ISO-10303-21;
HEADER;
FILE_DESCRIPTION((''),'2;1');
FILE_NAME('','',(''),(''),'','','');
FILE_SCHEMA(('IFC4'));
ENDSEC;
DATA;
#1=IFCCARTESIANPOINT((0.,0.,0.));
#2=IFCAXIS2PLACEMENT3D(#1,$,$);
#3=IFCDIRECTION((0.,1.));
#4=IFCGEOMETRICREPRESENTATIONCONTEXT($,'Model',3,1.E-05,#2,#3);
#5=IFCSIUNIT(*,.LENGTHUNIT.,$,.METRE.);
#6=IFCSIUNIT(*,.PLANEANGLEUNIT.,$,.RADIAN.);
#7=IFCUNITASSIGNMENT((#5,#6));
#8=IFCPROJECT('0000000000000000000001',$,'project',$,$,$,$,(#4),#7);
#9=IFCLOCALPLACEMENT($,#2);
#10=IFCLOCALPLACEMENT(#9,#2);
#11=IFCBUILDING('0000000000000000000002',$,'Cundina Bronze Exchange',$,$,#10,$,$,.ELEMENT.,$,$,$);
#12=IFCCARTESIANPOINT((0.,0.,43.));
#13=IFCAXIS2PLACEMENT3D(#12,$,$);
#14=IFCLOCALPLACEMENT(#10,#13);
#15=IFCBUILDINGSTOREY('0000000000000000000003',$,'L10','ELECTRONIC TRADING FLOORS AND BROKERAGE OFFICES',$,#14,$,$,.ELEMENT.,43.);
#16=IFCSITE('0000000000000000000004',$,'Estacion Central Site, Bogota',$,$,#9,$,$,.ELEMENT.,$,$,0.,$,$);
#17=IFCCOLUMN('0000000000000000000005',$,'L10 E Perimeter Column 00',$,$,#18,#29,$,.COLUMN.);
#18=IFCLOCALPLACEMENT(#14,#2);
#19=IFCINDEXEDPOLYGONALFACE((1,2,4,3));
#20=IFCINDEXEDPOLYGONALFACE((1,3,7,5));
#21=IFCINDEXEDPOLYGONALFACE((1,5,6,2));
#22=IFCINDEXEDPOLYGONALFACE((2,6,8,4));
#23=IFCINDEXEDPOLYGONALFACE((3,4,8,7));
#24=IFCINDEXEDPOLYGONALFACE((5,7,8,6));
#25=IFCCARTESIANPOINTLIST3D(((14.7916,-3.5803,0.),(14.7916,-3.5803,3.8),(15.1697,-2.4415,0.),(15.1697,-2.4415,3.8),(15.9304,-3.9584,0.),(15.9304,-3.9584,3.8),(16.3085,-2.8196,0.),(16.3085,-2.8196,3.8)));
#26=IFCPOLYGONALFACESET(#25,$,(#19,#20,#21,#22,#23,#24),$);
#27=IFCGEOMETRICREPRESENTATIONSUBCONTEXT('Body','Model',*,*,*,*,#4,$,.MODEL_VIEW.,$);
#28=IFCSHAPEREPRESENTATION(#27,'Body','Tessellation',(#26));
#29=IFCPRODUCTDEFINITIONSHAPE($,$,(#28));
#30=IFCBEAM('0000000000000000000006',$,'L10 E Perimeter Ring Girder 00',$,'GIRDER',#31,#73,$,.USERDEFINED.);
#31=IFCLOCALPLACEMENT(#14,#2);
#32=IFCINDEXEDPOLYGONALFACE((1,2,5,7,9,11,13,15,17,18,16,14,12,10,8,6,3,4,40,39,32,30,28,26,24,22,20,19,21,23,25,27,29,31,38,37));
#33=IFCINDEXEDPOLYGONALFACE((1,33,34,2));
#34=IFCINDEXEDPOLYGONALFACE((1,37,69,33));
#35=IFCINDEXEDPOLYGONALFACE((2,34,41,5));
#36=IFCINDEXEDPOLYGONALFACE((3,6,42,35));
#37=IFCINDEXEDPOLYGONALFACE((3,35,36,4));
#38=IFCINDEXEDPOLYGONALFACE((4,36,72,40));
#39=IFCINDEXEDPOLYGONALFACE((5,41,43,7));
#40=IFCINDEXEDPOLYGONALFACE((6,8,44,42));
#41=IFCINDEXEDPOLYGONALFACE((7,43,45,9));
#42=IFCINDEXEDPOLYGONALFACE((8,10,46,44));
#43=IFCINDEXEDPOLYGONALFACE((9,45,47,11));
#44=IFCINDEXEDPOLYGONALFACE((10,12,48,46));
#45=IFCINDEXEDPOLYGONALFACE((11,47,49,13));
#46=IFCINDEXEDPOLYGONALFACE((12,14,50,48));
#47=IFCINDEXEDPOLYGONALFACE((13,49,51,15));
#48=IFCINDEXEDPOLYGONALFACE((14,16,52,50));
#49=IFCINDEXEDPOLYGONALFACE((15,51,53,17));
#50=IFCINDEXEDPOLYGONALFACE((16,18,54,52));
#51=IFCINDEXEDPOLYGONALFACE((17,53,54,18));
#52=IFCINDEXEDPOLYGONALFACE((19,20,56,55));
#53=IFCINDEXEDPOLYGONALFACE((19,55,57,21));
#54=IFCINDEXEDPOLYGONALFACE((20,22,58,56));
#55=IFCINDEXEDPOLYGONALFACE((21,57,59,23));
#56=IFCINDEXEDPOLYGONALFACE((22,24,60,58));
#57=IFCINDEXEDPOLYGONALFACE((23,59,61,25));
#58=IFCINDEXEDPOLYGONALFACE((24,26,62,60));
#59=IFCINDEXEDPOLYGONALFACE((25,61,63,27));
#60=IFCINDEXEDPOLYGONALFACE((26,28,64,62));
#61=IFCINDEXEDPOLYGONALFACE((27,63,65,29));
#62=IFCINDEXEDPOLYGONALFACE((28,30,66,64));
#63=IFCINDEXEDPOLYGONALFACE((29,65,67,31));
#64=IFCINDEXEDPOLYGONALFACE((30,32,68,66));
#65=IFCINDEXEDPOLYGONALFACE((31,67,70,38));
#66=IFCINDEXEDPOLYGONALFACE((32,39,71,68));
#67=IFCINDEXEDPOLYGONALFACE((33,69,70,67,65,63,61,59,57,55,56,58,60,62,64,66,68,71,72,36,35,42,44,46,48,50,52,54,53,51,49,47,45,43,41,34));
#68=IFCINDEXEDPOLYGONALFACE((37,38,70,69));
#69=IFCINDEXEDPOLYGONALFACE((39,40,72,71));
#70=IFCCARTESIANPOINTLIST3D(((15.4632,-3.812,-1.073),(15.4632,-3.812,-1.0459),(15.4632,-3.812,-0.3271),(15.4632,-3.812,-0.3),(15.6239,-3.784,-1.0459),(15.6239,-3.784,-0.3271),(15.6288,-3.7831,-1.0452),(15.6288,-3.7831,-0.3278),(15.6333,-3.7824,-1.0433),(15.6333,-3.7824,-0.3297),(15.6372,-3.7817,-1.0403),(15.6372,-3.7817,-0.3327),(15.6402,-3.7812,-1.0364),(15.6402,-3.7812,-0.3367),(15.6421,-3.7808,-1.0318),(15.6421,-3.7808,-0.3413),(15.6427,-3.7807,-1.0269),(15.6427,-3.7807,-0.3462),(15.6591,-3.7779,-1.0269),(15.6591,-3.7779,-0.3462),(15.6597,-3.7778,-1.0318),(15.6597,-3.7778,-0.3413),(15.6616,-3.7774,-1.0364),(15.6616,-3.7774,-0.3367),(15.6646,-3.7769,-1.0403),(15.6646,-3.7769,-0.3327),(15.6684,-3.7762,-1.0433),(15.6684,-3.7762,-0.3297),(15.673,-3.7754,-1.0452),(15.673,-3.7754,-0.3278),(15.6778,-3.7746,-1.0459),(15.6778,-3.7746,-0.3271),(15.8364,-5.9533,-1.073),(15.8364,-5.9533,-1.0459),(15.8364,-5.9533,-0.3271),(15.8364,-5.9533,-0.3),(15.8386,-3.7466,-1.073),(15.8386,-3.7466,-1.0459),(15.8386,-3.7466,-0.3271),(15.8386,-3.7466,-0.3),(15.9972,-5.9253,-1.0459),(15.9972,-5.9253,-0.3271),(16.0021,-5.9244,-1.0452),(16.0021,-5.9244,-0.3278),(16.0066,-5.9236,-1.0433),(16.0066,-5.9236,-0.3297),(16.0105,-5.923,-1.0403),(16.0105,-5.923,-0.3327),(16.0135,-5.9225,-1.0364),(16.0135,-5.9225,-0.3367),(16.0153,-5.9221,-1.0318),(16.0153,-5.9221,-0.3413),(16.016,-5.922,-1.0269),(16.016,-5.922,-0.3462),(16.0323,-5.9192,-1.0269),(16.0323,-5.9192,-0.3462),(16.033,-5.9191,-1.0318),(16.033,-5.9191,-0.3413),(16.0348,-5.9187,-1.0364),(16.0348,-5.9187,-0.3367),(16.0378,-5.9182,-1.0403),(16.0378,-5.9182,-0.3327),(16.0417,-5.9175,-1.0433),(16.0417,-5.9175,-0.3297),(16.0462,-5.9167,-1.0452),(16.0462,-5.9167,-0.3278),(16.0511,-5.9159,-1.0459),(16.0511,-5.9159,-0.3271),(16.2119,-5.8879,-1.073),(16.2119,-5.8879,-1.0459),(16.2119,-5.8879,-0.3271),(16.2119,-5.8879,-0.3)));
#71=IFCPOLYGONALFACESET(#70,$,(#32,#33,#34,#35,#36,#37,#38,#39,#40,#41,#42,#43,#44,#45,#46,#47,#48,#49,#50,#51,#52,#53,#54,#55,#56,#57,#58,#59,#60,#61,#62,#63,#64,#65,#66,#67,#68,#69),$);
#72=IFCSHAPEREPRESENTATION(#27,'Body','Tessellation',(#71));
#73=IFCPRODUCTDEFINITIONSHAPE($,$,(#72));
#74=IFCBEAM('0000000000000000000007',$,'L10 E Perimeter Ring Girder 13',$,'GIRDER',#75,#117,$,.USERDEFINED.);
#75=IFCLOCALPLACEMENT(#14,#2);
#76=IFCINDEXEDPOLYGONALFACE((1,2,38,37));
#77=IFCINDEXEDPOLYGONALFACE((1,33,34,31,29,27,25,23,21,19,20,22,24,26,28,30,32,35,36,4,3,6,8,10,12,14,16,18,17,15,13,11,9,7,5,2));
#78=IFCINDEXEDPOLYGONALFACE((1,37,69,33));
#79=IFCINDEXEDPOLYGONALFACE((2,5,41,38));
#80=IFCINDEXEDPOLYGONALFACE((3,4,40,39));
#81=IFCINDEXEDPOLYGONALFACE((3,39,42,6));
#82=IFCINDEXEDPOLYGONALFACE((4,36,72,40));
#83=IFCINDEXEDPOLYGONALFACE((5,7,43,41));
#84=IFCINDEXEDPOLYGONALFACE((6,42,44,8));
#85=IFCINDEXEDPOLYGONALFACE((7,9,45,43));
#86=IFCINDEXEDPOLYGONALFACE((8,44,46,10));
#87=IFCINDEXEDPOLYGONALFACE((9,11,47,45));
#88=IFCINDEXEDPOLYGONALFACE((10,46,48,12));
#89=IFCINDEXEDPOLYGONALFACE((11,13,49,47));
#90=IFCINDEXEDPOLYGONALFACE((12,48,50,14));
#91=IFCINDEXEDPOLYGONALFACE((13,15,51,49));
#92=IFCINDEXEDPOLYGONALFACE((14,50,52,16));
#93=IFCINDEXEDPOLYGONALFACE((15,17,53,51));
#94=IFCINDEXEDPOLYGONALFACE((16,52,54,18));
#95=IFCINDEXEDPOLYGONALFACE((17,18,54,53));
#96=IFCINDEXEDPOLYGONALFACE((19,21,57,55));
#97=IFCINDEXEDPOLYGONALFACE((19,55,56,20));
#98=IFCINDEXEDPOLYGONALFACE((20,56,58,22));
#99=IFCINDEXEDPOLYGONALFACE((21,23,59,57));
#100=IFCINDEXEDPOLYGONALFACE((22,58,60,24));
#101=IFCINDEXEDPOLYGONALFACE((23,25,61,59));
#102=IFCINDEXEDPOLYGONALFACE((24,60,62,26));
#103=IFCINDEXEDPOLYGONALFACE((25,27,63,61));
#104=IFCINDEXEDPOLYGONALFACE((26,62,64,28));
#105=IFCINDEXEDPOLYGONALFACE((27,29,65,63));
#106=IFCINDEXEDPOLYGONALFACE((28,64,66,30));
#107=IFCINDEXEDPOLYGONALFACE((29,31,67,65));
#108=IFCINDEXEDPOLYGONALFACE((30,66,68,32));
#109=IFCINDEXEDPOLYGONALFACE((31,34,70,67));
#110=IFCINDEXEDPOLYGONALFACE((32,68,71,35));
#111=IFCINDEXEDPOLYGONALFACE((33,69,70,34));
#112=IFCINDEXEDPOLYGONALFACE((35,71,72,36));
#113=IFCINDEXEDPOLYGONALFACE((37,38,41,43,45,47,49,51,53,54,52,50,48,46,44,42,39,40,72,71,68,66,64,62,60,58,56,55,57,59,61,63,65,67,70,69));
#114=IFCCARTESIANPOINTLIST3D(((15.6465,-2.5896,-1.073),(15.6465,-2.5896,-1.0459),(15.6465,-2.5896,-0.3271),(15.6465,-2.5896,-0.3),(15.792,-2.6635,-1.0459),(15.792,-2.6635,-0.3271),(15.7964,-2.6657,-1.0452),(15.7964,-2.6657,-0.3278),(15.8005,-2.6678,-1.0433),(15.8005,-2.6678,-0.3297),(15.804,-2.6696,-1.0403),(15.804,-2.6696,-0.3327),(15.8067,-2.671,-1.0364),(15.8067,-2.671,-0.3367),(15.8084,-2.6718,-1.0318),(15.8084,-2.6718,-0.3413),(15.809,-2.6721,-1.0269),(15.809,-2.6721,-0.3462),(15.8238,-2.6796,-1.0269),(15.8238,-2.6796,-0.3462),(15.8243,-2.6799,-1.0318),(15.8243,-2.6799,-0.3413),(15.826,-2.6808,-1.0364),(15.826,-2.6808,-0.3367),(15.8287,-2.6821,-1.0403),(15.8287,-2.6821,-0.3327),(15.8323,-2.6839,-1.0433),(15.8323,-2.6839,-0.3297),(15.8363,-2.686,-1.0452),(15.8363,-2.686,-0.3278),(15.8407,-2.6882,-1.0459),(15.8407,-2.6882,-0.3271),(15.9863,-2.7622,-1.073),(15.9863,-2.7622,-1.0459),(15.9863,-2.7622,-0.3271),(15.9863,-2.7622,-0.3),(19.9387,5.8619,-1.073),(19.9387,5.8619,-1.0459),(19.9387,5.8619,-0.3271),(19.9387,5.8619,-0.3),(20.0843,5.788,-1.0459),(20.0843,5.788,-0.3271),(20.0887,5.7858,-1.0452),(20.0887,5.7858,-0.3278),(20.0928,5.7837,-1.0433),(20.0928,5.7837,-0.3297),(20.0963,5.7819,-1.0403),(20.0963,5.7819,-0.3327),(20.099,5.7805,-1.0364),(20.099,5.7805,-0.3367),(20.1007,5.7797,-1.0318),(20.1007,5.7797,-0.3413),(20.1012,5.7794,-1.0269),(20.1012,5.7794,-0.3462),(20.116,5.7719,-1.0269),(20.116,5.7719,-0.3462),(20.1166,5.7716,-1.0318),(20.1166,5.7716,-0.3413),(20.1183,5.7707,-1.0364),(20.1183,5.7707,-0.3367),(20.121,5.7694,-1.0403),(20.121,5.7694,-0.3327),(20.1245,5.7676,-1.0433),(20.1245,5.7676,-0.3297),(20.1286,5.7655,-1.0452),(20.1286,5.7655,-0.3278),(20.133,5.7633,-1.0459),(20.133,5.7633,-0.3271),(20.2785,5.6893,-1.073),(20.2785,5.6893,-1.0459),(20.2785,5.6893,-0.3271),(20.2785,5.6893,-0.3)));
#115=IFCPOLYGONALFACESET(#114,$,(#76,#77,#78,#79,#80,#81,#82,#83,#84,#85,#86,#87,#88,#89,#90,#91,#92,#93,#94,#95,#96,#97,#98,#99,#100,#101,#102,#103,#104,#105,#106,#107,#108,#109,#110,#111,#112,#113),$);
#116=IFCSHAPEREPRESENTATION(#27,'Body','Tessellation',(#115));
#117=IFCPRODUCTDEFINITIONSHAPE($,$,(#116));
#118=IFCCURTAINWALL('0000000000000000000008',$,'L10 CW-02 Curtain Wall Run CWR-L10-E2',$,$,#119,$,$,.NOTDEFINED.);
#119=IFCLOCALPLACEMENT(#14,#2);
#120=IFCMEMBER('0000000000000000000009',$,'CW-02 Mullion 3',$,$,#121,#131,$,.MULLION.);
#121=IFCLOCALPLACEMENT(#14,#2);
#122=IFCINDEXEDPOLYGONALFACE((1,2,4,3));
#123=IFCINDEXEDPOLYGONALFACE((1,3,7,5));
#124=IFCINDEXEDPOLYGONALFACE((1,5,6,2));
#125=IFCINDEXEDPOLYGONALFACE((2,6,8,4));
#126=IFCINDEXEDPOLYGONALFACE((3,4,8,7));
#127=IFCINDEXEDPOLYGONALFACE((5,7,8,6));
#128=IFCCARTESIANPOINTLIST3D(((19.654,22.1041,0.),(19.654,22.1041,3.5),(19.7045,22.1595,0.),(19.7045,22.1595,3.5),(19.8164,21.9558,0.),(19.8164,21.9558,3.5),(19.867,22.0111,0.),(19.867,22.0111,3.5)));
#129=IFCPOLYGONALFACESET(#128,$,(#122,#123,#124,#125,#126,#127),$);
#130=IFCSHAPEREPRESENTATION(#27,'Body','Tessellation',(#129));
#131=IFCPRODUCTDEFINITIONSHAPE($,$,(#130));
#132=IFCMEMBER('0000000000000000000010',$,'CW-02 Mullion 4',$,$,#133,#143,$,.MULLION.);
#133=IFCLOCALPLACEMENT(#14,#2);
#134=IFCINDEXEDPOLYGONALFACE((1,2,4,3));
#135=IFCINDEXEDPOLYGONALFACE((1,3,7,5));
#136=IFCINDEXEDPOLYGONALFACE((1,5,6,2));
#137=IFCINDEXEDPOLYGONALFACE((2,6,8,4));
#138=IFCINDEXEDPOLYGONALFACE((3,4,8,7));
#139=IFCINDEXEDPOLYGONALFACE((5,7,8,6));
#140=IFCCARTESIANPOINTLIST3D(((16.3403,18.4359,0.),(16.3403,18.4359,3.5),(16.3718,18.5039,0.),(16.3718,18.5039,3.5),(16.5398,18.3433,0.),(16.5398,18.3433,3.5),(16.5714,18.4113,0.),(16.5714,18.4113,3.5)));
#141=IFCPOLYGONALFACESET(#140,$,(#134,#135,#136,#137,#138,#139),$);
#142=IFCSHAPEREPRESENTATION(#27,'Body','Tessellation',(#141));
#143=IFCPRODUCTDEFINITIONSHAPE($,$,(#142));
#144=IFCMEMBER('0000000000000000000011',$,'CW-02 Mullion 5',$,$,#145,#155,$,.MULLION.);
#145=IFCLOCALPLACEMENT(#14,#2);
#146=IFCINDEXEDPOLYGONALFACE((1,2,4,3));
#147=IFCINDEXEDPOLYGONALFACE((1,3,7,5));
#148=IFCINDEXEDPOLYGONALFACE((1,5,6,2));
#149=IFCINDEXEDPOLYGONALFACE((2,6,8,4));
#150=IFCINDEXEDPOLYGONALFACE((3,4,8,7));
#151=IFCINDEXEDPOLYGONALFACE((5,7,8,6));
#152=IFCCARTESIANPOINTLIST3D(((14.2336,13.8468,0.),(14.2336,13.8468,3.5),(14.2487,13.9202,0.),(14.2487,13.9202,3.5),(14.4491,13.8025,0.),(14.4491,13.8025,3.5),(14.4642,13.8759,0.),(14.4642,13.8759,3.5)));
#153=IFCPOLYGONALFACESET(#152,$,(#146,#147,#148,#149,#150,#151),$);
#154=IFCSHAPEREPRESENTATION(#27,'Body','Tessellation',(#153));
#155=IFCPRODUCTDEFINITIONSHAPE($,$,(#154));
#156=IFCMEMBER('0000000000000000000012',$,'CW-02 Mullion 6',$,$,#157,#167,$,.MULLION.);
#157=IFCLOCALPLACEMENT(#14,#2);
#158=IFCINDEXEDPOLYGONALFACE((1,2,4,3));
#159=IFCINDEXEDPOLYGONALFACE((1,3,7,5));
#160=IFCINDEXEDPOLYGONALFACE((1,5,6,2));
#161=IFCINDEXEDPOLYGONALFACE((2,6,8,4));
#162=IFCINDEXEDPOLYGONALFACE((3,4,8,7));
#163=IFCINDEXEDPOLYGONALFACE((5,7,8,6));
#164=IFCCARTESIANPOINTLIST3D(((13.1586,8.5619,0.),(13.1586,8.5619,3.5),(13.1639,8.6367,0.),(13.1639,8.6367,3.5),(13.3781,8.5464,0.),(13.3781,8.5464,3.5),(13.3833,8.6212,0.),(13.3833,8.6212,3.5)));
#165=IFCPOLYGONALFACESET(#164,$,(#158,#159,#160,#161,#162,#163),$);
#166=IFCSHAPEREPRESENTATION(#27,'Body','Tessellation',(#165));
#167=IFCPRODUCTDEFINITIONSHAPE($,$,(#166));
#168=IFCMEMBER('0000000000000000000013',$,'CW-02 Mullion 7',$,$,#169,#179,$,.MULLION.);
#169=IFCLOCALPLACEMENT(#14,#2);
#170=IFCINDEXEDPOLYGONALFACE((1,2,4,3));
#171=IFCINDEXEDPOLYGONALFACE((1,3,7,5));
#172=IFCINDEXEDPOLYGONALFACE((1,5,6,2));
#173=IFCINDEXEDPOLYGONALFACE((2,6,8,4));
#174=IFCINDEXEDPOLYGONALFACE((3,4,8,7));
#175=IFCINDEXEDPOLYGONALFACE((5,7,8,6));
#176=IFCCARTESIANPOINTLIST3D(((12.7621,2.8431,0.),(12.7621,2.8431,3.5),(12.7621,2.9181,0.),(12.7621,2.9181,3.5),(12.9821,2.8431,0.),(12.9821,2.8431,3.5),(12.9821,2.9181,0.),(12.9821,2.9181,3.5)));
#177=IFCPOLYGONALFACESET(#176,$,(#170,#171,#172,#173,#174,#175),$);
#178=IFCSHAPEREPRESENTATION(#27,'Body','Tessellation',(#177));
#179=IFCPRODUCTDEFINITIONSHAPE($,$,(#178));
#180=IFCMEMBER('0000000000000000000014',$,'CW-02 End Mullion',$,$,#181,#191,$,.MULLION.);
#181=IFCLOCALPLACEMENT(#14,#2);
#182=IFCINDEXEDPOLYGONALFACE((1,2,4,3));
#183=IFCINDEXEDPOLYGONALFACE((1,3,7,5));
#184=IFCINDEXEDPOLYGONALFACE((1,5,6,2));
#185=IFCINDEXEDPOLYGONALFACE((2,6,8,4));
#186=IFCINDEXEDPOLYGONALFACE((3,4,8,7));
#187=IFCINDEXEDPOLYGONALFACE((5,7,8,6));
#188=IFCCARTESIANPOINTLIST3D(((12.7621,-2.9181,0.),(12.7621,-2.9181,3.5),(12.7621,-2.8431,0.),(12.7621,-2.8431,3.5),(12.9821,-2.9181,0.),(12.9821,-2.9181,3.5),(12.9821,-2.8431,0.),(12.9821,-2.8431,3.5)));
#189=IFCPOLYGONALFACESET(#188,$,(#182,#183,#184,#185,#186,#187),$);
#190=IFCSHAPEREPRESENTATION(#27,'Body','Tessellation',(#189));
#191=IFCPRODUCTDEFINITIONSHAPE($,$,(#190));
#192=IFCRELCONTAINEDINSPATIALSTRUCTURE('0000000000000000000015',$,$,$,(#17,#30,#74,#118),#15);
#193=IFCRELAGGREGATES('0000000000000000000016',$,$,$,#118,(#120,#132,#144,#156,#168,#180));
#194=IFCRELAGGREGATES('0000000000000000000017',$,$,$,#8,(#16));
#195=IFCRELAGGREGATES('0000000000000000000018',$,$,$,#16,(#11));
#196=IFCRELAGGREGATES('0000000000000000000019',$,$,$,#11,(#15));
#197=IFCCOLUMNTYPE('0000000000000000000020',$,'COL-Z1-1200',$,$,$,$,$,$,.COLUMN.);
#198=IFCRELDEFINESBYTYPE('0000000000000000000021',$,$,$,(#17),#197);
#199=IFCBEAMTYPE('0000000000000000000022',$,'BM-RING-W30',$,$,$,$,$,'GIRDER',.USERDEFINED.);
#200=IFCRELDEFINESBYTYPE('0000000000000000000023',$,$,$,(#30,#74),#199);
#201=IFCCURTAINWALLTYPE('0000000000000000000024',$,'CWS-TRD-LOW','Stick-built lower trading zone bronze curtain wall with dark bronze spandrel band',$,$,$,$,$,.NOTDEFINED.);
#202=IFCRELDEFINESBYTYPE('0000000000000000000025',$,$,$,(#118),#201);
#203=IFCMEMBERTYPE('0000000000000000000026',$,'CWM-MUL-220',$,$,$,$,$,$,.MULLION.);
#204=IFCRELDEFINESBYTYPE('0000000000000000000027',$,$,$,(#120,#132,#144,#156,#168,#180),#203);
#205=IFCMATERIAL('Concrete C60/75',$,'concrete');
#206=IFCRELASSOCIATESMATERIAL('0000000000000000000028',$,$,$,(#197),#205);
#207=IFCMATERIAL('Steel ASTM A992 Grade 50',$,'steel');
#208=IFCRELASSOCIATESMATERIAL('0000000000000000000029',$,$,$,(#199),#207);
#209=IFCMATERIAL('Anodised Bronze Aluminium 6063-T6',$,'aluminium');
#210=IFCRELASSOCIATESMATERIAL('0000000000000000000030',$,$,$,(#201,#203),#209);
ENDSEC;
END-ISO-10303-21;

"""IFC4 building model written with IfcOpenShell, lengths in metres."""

from ifc_helpers import new_model, si_unit, direction, frame, origin, origin_2d, place, context, subcontext, project, spatial, rectangle, i_section, extrude, material, material_profile, profile_set, type_object, element, aggregate, save


model = new_model("IFC4")

# Units and contexts
model_context = context("Model", 3, precision=1e-05, world=origin(), true_north=direction((0.0, 1.0)))
body_context = subcontext(model_context, "Body", "Model", "MODEL_VIEW")
ifc_project = project(units=[si_unit("LENGTHUNIT", "METRE"), si_unit("PLANEANGLEUNIT", "RADIAN")], contexts=[model_context])

# Site, building, storey
site_placement = place(None, origin())
site = spatial("IfcSite", under=ifc_project, at=site_placement, Name="Estacion Central Site, Bogota", CompositionType="ELEMENT", RefElevation=0.0)
building_placement = place(site_placement, origin())
building = spatial("IfcBuilding", under=site, at=building_placement, Name="Cundina Bronze Exchange", CompositionType="ELEMENT")
storey_placement = place(building_placement, frame((0.0, 0.0, 43.0)))
storey = spatial("IfcBuildingStorey", under=building, at=storey_placement, Name="L10", Description="ELECTRONIC TRADING FLOORS AND BROKERAGE OFFICES", CompositionType="ELEMENT", Elevation=43.0)

# Column
ifc_material_1 = material(Name="Concrete C60/75", Category="concrete")
ifc_material_profile_1 = material_profile(ifc_material_1, rectangle(XDim=1.2, YDim=1.2, at=origin_2d()), Name="RC1200X1200", Category="concrete")
ifc_profile_set_1 = profile_set([ifc_material_profile_1], Name="Concrete C60/75")
column_type = type_object("IfcColumnType", Name="COL-Z1-1200", PredefinedType="COLUMN", material=ifc_profile_set_1)
column_placement = place(storey_placement, frame((15.55, -3.2, 0.0), z_axis=(0.0, 0.0, 1.0), x_axis=(-0.315152, -0.949041, 0.0)))
element("IfcColumn", 1, at=column_placement, inside=storey, type_object=column_type, Name="L10 E Perimeter Column 00", PredefinedType="COLUMN", context=body_context, shape_type="SweptSolid", body=[
    extrude(rectangle(XDim=1.2, YDim=1.2, at=origin_2d()), origin(), (0.0, 0.0, 1.0), 3.8),
])

# Beams
ifc_material_2 = material(Name="Steel ASTM A992 Grade 50", Category="steel")
ifc_material_profile_2 = material_profile(ifc_material_2, i_section(OverallWidth=0.3811, OverallDepth=0.7729, WebThickness=0.0166, FlangeThickness=0.0271, FilletRadius=0.019, at=origin_2d()), Name="W30X173", Category="steel")
ifc_profile_set_2 = profile_set([ifc_material_profile_2], Name="Steel ASTM A992 Grade 50")
beam_type = type_object("IfcBeamType", Name="BM-RING-W30", ElementType="GIRDER", PredefinedType="USERDEFINED", material=ifc_profile_set_2)
beam_1_placement = place(storey_placement, frame((15.6509, -3.7793, -0.6865), z_axis=(0.171735, -0.985143, 0.0), x_axis=(0.985143, 0.171735, 0.0)))
element("IfcBeam", 2, at=beam_1_placement, inside=storey, type_object=beam_type, Name="L10 E Perimeter Ring Girder 00", ObjectType="GIRDER", PredefinedType="USERDEFINED", context=body_context, shape_type="SweptSolid", body=[
    extrude(i_section(OverallWidth=0.3811, OverallDepth=0.7729, WebThickness=0.0166, FlangeThickness=0.0271, FilletRadius=0.019, at=origin_2d()), origin(), (0.0, 0.0, 1.0), 2.1736),
])
beam_2_placement = place(storey_placement, frame((20.1086, 5.7756, -0.6865), z_axis=(-0.45282, -0.891602, 0.0), x_axis=(0.891602, -0.45282, 0.0)))
element("IfcBeam", 3, at=beam_2_placement, inside=storey, type_object=beam_type, Name="L10 E Perimeter Ring Girder 13", ObjectType="GIRDER", PredefinedType="USERDEFINED", context=body_context, shape_type="SweptSolid", body=[
    extrude(i_section(OverallWidth=0.3811, OverallDepth=0.7729, WebThickness=0.0166, FlangeThickness=0.0271, FilletRadius=0.019, at=origin_2d()), origin(), (0.0, 0.0, 1.0), 9.479),
])

# Curtain wall, members
ifc_material_3 = material(Name="Anodised Bronze Aluminium 6063-T6", Category="aluminium")
curtain_wall_type = type_object("IfcCurtainWallType", Name="CWS-TRD-LOW", Description="Stick-built lower trading zone bronze curtain wall with dark bronze spandrel band", PredefinedType="NOTDEFINED", material=ifc_material_3)
curtain_wall_1_placement = place(storey_placement, origin())
curtain_wall_1 = element("IfcCurtainWall", 4, at=curtain_wall_1_placement, inside=storey, type_object=curtain_wall_type, Name="L10 CW-02 Curtain Wall Run CWR-L10-E2", PredefinedType="NOTDEFINED")
ifc_material_profile_3 = material_profile(ifc_material_3, rectangle(XDim=0.075, YDim=0.22, at=origin_2d()), Name="AL75X220", Category="aluminium")
ifc_profile_set_3 = profile_set([ifc_material_profile_3], Name="Anodised Bronze Aluminium 6063-T6")
member_type_1 = type_object("IfcMemberType", Name="CWM-MUL-220", PredefinedType="MULLION", material=ifc_profile_set_3)
member_1_placement = place(storey_placement, frame((19.7605, 22.0576, 0.0), z_axis=(0.0, 0.0, 1.0), x_axis=(-0.674302, -0.738455, 0.0)))
member_1 = element("IfcMember", 5, at=member_1_placement, type_object=member_type_1, Name="CW-02 Mullion 3", PredefinedType="MULLION", context=body_context, shape_type="SweptSolid", body=[
    extrude(rectangle(XDim=0.075, YDim=0.22, at=origin_2d()), origin(), (0.0, 0.0, 1.0), 3.5),
])
member_2_placement = place(storey_placement, frame((16.4558, 18.4236, 0.0), z_axis=(0.0, 0.0, 1.0), x_axis=(-0.420877, -0.907117, 0.0)))
member_2 = element("IfcMember", 6, at=member_2_placement, type_object=member_type_1, Name="CW-02 Mullion 4", PredefinedType="MULLION", context=body_context, shape_type="SweptSolid", body=[
    extrude(rectangle(XDim=0.075, YDim=0.22, at=origin_2d()), origin(), (0.0, 0.0, 1.0), 3.5),
])
member_3_placement = place(storey_placement, frame((14.3489, 13.8613, 0.0), z_axis=(0.0, 0.0, 1.0), x_axis=(-0.20142, -0.979505, 0.0)))
member_3 = element("IfcMember", 7, at=member_3_placement, type_object=member_type_1, Name="CW-02 Mullion 5", PredefinedType="MULLION", context=body_context, shape_type="SweptSolid", body=[
    extrude(rectangle(XDim=0.075, YDim=0.22, at=origin_2d()), origin(), (0.0, 0.0, 1.0), 3.5),
])
member_4_placement = place(storey_placement, frame((13.271, 8.5916, 0.0), z_axis=(0.0, 0.0, 1.0), x_axis=(-0.070279, -0.997527, 0.0)))
member_4 = element("IfcMember", 8, at=member_4_placement, type_object=member_type_1, Name="CW-02 Mullion 6", PredefinedType="MULLION", context=body_context, shape_type="SweptSolid", body=[
    extrude(rectangle(XDim=0.075, YDim=0.22, at=origin_2d()), origin(), (0.0, 0.0, 1.0), 3.5),
])
member_5_placement = place(storey_placement, frame((12.8721, 2.8806, 0.0), z_axis=(0.0, 0.0, 1.0), x_axis=(0.0, -1.0, 0.0)))
member_5 = element("IfcMember", 9, at=member_5_placement, type_object=member_type_1, Name="CW-02 Mullion 7", PredefinedType="MULLION", context=body_context, shape_type="SweptSolid", body=[
    extrude(rectangle(XDim=0.075, YDim=0.22, at=origin_2d()), origin(), (0.0, 0.0, 1.0), 3.5),
])
member_6_placement = place(storey_placement, frame((12.8721, -2.8806, 0.0), z_axis=(0.0, 0.0, 1.0), x_axis=(0.0, -1.0, 0.0)))
member_6 = element("IfcMember", 10, at=member_6_placement, type_object=member_type_1, Name="CW-02 End Mullion", PredefinedType="MULLION", context=body_context, shape_type="SweptSolid", body=[
    extrude(rectangle(XDim=0.075, YDim=0.22, at=origin_2d()), origin(), (0.0, 0.0, 1.0), 3.5),
])

aggregate(curtain_wall_1, [member_1, member_2, member_3, member_4, member_5, member_6])

save(model, "model.ifc")
